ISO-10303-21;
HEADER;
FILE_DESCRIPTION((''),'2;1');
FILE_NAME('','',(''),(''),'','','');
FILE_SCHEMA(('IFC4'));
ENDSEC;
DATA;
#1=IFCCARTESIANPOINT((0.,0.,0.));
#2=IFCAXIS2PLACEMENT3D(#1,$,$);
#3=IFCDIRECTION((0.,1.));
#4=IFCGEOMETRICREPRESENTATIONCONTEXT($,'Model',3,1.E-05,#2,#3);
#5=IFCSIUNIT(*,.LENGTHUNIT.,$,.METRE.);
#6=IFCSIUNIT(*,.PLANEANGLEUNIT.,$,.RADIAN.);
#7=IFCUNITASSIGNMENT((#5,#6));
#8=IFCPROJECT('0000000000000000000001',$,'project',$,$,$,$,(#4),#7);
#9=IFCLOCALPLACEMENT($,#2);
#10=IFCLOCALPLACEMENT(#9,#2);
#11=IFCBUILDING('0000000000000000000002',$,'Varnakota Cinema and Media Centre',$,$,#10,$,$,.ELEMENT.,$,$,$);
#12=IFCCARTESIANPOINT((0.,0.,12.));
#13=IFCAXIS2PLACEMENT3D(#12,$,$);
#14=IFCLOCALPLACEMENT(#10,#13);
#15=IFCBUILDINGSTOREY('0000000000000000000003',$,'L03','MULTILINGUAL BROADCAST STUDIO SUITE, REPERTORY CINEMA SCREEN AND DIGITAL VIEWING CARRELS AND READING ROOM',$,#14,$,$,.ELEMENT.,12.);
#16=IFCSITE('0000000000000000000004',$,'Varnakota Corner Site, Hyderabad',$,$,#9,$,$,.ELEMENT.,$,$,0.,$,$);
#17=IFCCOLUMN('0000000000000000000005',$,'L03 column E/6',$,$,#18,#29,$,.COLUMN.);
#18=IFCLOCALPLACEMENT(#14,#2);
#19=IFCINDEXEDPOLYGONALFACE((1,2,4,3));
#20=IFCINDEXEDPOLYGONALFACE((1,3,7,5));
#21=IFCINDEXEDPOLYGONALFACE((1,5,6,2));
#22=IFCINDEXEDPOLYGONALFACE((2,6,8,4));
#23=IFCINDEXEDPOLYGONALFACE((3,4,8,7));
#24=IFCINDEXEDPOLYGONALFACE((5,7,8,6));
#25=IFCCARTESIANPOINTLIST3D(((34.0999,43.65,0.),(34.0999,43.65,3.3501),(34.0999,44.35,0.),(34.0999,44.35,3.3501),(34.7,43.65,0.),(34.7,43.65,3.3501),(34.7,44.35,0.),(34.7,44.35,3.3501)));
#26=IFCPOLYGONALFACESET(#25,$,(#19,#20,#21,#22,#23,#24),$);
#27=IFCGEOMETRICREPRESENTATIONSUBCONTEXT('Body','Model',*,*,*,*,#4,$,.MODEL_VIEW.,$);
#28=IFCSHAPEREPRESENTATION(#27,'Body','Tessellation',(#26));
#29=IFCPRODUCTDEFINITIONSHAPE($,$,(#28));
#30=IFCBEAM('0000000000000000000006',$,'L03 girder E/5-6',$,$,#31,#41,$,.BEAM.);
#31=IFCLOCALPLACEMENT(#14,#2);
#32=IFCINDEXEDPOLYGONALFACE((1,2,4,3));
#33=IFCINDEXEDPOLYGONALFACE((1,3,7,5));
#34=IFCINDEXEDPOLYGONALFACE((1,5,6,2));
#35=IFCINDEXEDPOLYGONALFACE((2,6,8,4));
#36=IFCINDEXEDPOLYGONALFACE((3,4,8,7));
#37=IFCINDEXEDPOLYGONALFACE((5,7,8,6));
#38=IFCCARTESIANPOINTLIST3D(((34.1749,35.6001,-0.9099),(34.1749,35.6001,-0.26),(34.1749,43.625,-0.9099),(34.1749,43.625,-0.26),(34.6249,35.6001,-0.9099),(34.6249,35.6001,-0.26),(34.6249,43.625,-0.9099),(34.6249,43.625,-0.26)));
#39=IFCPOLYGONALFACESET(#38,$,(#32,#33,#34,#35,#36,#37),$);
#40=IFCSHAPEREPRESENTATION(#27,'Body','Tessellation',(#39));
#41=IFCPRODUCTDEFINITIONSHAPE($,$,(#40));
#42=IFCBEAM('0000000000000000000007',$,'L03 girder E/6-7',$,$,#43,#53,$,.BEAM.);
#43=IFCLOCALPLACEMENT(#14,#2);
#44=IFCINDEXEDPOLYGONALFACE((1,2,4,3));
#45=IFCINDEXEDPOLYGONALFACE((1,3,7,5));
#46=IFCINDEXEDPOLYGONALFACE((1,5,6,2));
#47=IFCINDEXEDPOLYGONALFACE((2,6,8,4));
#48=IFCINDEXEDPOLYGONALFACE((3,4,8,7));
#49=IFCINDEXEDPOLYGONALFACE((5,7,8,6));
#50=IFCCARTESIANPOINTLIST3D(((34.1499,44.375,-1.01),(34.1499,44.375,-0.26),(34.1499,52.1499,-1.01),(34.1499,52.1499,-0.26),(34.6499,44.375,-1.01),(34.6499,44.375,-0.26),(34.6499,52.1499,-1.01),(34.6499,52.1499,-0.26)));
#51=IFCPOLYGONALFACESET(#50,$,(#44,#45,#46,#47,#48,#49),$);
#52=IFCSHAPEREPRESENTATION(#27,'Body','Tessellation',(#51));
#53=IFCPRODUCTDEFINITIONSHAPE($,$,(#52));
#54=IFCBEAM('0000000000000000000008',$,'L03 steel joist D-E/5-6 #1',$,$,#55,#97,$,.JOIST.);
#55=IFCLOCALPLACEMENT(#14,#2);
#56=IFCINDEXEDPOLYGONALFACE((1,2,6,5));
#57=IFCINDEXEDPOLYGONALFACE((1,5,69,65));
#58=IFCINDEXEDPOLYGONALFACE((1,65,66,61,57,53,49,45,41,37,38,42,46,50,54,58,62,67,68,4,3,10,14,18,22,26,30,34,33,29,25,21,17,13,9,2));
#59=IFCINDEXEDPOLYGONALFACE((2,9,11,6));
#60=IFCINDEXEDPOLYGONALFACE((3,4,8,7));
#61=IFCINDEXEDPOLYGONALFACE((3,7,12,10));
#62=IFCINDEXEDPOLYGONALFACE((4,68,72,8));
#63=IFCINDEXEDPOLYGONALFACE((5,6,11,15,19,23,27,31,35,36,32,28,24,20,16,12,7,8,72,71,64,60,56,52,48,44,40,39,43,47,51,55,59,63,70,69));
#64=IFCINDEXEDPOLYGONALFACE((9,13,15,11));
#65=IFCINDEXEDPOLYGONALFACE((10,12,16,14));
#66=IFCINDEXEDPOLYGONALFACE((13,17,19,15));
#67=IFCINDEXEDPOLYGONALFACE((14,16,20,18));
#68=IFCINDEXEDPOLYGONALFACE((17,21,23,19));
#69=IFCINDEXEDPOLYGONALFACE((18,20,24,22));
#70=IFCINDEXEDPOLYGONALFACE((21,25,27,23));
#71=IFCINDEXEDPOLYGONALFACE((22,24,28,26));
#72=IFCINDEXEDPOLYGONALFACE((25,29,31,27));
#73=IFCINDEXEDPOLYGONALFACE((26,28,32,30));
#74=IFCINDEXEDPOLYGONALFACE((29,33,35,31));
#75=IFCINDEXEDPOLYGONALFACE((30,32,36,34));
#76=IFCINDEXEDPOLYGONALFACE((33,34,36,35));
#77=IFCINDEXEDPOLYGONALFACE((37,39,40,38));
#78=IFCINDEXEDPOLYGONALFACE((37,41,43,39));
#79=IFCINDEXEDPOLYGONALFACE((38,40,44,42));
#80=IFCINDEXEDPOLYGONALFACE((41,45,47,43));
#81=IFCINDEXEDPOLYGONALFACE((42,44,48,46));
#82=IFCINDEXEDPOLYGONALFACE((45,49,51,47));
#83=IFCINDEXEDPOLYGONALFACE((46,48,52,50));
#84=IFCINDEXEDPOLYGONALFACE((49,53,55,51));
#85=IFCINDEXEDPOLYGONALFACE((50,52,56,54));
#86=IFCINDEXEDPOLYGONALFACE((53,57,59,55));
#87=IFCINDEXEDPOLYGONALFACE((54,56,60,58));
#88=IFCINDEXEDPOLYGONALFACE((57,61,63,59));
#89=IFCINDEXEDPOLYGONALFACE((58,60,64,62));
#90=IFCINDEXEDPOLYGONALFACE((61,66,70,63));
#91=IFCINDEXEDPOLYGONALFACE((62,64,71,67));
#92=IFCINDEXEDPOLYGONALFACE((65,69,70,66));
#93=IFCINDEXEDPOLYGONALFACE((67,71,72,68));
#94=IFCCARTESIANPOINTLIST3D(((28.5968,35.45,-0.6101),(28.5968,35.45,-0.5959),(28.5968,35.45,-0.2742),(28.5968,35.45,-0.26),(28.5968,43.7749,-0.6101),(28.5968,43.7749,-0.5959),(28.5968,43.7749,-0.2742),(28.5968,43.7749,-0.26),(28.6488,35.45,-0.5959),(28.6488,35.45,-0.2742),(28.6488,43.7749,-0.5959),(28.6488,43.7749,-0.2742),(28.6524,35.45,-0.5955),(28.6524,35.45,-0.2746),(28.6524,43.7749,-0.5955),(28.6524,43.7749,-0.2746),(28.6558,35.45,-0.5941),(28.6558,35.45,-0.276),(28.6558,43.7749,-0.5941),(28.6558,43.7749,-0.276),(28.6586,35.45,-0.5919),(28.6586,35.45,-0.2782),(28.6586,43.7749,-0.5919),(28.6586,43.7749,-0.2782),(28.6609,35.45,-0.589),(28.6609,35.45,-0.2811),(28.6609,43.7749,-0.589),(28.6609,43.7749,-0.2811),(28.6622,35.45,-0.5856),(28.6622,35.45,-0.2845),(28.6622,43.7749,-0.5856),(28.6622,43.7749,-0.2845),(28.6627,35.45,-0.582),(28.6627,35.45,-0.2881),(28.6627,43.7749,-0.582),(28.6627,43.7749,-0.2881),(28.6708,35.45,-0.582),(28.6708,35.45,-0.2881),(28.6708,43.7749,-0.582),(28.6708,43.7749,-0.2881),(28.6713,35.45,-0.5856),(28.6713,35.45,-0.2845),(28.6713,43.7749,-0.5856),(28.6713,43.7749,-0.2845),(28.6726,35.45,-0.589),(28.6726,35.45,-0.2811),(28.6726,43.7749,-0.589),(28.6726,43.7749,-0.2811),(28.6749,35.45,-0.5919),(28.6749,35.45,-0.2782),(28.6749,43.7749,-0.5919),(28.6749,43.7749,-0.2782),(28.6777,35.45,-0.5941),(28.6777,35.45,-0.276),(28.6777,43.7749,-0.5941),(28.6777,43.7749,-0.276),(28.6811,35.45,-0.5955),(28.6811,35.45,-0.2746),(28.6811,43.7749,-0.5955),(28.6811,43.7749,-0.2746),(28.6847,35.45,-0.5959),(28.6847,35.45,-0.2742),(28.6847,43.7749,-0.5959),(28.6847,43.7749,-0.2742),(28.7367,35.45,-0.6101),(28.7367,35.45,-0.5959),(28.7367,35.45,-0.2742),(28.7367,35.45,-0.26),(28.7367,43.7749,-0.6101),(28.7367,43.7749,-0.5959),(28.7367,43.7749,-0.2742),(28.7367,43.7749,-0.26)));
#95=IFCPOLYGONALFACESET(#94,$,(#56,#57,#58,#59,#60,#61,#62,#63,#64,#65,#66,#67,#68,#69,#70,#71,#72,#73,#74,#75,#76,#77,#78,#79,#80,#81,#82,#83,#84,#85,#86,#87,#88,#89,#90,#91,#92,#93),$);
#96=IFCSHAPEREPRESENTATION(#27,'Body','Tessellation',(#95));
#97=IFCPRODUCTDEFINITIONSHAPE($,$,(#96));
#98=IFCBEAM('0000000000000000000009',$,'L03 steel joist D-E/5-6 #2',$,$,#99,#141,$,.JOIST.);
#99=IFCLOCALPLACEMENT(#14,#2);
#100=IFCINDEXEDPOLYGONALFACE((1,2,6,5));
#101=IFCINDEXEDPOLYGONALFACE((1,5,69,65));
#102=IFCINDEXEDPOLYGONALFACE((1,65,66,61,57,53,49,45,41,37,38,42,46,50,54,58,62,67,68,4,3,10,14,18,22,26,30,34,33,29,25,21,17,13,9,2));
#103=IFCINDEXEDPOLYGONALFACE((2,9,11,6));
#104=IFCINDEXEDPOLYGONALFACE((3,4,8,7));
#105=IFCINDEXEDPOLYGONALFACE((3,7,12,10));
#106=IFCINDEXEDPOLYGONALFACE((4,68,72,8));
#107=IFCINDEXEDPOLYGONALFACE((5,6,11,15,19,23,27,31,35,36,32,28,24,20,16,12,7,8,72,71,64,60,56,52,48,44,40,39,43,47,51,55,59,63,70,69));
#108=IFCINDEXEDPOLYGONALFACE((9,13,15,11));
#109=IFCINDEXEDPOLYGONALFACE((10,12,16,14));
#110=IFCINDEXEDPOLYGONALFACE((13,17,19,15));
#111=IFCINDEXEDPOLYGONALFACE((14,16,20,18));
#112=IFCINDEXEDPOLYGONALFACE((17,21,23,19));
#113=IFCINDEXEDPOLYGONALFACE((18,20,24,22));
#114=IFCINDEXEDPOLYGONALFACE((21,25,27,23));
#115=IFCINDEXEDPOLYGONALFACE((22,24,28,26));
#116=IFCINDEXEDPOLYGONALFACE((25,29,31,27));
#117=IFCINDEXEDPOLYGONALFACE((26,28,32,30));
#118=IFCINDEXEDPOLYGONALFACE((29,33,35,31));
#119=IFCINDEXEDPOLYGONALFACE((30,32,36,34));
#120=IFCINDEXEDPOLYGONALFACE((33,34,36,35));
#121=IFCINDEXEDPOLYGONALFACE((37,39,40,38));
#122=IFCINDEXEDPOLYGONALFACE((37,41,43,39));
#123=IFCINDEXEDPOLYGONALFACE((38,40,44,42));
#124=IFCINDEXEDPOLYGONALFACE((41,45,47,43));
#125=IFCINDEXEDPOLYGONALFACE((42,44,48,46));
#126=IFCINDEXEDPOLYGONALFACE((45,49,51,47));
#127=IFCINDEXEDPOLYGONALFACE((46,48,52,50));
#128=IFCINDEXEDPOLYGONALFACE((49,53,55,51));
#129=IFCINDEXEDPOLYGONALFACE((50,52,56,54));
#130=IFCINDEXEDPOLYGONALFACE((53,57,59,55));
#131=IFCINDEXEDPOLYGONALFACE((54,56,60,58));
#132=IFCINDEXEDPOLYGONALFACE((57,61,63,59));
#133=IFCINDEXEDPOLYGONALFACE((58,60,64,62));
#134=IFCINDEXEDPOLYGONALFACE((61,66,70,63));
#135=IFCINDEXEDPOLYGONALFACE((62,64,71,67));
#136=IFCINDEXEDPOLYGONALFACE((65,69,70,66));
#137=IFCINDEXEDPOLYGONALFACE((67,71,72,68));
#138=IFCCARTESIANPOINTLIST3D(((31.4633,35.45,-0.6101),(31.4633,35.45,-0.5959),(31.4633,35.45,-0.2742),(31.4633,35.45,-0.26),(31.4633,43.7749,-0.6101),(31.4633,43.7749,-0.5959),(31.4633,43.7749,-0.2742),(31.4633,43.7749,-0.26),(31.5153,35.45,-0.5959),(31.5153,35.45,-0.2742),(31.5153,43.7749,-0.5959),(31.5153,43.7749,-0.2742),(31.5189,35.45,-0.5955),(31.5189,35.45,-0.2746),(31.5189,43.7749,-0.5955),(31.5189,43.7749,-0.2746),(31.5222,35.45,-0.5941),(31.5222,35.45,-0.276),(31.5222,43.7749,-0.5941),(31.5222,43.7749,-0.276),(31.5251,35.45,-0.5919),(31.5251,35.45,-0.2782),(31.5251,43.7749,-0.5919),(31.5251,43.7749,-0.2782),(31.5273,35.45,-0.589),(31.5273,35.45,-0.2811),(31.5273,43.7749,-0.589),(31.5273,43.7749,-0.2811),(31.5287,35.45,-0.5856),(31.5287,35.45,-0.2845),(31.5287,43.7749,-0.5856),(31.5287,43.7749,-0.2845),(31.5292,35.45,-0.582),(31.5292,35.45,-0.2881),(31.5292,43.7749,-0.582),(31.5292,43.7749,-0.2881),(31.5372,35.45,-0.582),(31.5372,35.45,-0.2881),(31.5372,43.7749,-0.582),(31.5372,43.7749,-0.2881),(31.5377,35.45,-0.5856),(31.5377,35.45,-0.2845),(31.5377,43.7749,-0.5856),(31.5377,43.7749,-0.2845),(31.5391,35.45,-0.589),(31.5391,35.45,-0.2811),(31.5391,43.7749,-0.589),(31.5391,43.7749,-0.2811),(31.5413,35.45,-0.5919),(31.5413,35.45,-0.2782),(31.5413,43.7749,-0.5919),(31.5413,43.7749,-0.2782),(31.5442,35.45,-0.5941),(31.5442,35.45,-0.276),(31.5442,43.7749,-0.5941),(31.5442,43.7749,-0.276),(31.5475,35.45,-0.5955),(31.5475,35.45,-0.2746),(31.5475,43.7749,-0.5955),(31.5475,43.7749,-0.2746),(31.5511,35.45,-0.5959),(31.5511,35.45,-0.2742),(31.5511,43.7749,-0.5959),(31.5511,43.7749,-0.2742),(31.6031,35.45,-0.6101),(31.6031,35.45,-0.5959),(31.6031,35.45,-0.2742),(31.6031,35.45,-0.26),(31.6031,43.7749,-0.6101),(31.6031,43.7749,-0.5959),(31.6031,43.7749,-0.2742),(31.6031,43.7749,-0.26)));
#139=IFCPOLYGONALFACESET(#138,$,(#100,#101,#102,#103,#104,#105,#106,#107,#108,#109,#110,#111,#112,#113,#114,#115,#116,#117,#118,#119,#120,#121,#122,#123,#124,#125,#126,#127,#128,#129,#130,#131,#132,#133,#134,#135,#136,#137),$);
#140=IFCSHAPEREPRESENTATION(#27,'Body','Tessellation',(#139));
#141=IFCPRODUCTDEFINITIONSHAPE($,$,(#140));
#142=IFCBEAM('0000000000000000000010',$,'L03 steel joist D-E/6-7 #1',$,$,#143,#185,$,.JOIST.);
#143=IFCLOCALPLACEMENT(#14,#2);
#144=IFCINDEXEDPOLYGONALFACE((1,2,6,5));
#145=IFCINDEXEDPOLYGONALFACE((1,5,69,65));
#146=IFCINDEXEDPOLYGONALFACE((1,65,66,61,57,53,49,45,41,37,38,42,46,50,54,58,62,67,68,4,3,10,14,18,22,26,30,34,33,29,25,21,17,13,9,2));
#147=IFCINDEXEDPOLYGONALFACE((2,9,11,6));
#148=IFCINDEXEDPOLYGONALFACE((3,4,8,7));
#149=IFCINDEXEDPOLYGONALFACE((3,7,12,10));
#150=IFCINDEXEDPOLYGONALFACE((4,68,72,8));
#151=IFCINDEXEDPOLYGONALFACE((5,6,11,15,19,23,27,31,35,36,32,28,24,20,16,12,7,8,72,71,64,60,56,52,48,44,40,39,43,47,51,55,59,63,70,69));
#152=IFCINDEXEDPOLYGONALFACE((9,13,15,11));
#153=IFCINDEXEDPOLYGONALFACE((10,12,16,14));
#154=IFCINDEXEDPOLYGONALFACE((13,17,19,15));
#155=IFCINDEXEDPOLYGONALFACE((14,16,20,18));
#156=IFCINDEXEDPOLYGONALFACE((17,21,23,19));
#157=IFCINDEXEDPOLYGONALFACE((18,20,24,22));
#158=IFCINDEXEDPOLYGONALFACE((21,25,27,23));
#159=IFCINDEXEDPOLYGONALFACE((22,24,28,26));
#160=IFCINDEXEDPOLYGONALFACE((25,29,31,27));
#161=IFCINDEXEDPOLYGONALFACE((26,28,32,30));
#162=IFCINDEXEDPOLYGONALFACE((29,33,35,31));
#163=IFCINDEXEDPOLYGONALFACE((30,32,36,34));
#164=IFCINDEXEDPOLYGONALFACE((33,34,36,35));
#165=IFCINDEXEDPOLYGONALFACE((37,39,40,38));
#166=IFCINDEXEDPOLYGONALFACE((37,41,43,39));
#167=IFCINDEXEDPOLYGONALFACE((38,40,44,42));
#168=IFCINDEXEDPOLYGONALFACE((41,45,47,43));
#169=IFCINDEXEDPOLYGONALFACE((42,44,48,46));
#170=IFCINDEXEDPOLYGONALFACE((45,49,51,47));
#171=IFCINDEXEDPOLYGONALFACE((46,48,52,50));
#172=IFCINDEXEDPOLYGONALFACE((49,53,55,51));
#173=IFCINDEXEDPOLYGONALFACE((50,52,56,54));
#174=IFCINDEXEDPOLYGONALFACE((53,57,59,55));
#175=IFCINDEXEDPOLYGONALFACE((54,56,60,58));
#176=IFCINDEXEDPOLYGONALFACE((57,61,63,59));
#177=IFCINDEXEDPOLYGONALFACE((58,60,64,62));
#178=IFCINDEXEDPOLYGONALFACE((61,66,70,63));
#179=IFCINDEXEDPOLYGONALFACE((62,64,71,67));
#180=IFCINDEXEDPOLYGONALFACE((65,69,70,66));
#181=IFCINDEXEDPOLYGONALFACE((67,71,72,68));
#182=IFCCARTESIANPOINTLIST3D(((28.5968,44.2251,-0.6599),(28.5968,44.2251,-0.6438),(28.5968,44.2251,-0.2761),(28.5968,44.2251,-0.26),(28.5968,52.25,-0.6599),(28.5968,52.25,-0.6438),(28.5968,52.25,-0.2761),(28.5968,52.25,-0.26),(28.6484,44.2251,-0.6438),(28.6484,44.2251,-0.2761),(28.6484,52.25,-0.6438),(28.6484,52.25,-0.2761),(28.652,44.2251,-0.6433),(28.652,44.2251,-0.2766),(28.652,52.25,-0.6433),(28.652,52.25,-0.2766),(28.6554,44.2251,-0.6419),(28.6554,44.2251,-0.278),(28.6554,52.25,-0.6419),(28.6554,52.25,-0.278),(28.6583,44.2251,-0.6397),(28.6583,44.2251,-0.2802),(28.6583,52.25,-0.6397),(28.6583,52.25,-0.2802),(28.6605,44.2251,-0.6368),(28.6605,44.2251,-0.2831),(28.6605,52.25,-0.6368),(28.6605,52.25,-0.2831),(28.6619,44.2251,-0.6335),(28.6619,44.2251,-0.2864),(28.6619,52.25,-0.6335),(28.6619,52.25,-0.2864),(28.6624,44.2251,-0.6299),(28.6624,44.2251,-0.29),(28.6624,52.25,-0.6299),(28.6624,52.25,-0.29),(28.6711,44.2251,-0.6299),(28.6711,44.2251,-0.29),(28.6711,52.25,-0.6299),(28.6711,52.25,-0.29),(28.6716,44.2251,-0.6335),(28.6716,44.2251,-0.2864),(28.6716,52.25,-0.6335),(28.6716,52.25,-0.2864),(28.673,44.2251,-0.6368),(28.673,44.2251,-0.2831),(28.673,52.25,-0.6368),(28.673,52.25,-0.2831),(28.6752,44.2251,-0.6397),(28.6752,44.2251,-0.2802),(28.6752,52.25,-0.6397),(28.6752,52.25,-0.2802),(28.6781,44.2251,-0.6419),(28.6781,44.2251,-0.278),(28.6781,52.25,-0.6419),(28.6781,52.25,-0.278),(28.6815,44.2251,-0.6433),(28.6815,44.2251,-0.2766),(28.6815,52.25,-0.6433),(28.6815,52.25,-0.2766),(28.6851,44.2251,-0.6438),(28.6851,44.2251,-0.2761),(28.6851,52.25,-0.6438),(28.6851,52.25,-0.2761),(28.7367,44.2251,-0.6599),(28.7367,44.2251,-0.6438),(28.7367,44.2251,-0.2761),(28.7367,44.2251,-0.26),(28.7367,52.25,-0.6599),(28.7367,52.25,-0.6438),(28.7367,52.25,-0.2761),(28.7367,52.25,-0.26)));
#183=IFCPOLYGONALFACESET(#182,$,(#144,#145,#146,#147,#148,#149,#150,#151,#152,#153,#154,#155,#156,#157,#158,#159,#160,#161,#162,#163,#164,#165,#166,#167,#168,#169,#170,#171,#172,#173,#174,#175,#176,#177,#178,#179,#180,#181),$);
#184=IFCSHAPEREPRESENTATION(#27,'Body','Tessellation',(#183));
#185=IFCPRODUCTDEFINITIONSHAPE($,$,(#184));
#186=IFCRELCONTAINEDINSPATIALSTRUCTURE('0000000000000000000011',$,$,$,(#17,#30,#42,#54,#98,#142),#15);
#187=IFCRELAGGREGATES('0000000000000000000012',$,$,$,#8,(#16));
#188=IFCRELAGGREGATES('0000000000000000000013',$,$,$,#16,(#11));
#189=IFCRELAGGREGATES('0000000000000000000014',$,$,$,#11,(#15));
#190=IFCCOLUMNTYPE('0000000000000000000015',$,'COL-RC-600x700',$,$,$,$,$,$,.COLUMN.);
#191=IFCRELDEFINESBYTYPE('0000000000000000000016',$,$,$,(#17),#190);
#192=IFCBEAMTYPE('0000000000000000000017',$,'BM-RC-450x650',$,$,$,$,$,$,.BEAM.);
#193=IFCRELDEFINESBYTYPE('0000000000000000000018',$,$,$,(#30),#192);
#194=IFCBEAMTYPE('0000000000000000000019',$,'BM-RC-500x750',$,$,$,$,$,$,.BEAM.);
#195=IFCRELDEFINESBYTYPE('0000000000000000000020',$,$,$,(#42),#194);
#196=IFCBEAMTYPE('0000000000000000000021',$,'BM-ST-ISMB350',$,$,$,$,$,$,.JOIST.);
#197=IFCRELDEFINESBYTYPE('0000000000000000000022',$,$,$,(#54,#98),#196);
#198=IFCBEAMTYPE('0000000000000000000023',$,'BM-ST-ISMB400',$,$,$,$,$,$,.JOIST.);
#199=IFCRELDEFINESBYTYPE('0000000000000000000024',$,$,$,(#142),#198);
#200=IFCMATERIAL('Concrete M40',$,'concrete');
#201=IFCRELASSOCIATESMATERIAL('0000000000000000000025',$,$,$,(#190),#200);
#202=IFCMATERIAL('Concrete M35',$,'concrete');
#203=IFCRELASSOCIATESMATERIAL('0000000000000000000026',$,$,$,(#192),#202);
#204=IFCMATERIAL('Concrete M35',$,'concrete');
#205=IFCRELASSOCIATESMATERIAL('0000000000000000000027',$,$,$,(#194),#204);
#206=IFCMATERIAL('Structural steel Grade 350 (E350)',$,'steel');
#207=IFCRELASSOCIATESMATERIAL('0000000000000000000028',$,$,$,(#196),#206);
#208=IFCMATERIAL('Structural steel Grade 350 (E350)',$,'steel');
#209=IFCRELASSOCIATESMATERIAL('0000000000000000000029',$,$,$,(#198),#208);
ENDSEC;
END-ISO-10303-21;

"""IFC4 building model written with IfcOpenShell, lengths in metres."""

from ifc_helpers import new_model, si_unit, direction, frame, origin, origin_2d, place, context, subcontext, project, spatial, rectangle, i_section, extrude, material, material_profile, profile_set, type_object, element, save


model = new_model("IFC4")

# Units and contexts
model_context = context("Model", 3, precision=1e-05, world=origin(), true_north=direction((0.0, 1.0)))
body_context = subcontext(model_context, "Body", "Model", "MODEL_VIEW")
ifc_project = project(units=[si_unit("LENGTHUNIT", "METRE"), si_unit("PLANEANGLEUNIT", "RADIAN")], contexts=[model_context])

# Site, building, storey
site_placement = place(None, origin())
site = spatial("IfcSite", under=ifc_project, at=site_placement, Name="Varnakota Corner Site, Hyderabad", CompositionType="ELEMENT", RefElevation=0.0)
building_placement = place(site_placement, origin())
building = spatial("IfcBuilding", under=site, at=building_placement, Name="Varnakota Cinema and Media Centre", CompositionType="ELEMENT")
storey_placement = place(building_placement, frame((0.0, 0.0, 12.0)))
storey = spatial("IfcBuildingStorey", under=building, at=storey_placement, Name="L03", Description="MULTILINGUAL BROADCAST STUDIO SUITE, REPERTORY CINEMA SCREEN AND DIGITAL VIEWING CARRELS AND READING ROOM", CompositionType="ELEMENT", Elevation=12.0)

# Column
ifc_material_1 = material(Name="Concrete M40", Category="concrete")
ifc_material_profile_1 = material_profile(ifc_material_1, rectangle(XDim=0.6001, YDim=0.7, at=origin_2d()), Name="RC 600x700")
ifc_profile_set_1 = profile_set([ifc_material_profile_1], Name="Concrete M40")
column_type = type_object("IfcColumnType", Name="COL-RC-600x700", PredefinedType="COLUMN", material=ifc_profile_set_1)
column_placement = place(storey_placement, frame((34.3999, 44.0, 0.0), z_axis=(0.0, 0.0, 1.0), x_axis=(1.0, 0.0, 0.0)))
element("IfcColumn", 1, at=column_placement, inside=storey, type_object=column_type, Name="L03 column E/6", PredefinedType="COLUMN", context=body_context, shape_type="SweptSolid", body=[
    extrude(rectangle(XDim=0.6001, YDim=0.7, at=origin_2d()), origin(), (0.0, 0.0, 1.0), 3.3501),
])

# Beams
ifc_material_2 = material(Name="Concrete M35", Category="concrete")
ifc_material_profile_2 = material_profile(ifc_material_2, rectangle(XDim=0.45, YDim=0.6499, at=origin_2d()), Name="RCB 450x650")
ifc_profile_set_2 = profile_set([ifc_material_profile_2], Name="Concrete M35")
beam_type_1 = type_object("IfcBeamType", Name="BM-RC-450x650", PredefinedType="BEAM", material=ifc_profile_set_2)
beam_1_placement = place(storey_placement, frame((34.3999, 35.6001, -0.585), z_axis=(0.0, 1.0, 0.0), x_axis=(-1.0, 0.0, 0.0)))
element("IfcBeam", 2, at=beam_1_placement, inside=storey, type_object=beam_type_1, Name="L03 girder E/5-6", PredefinedType="BEAM", context=body_context, shape_type="SweptSolid", body=[
    extrude(rectangle(XDim=0.45, YDim=0.6499, at=origin_2d()), origin(), (0.0, 0.0, 1.0), 8.0249),
])
ifc_material_3 = material(Name="Concrete M35", Category="concrete")
ifc_material_profile_3 = material_profile(ifc_material_3, rectangle(XDim=0.5, YDim=0.75, at=origin_2d()), Name="RCB 500x750")
ifc_profile_set_3 = profile_set([ifc_material_profile_3], Name="Concrete M35")
beam_type_2 = type_object("IfcBeamType", Name="BM-RC-500x750", PredefinedType="BEAM", material=ifc_profile_set_3)
beam_2_placement = place(storey_placement, frame((34.3999, 44.375, -0.635), z_axis=(0.0, 1.0, 0.0), x_axis=(-1.0, 0.0, 0.0)))
element("IfcBeam", 3, at=beam_2_placement, inside=storey, type_object=beam_type_2, Name="L03 girder E/6-7", PredefinedType="BEAM", context=body_context, shape_type="SweptSolid", body=[
    extrude(rectangle(XDim=0.5, YDim=0.75, at=origin_2d()), origin(), (0.0, 0.0, 1.0), 7.7749),
])
ifc_material_4 = material(Name="Structural steel Grade 350 (E350)", Category="steel")
ifc_material_profile_4 = material_profile(ifc_material_4, i_section(OverallWidth=0.1399, OverallDepth=0.3501, WebThickness=0.0081, FlangeThickness=0.0142, FilletRadius=0.0139, at=origin_2d()), Name="ISMB 350")
ifc_profile_set_4 = profile_set([ifc_material_profile_4], Name="Structural steel Grade 350 (E350)")
beam_type_3 = type_object("IfcBeamType", Name="BM-ST-ISMB350", PredefinedType="JOIST", material=ifc_profile_set_4)
for number, where, z_axis, x_axis, name in (
    (4, (28.6667, 35.45, -0.4351), (0.0, 1.0, 0.0), (-1.0, 0.0, 0.0), "L03 steel joist D-E/5-6 #1"),
    (5, (31.5332, 35.45, -0.4351), (0.0, 1.0, 0.0), (-1.0, 0.0, 0.0), "L03 steel joist D-E/5-6 #2"),
):
    element("IfcBeam", number, at=place(storey_placement, frame(where, z_axis=z_axis, x_axis=x_axis)), inside=storey, type_object=beam_type_3, Name=name, PredefinedType="JOIST", context=body_context, shape_type="SweptSolid", body=[
        extrude(i_section(OverallWidth=0.1399, OverallDepth=0.3501, WebThickness=0.0081, FlangeThickness=0.0142, FilletRadius=0.0139, at=origin_2d()), origin(), (0.0, 0.0, 1.0), 8.325),
    ])
ifc_material_5 = material(Name="Structural steel Grade 350 (E350)", Category="steel")
ifc_material_profile_5 = material_profile(ifc_material_5, i_section(OverallWidth=0.1399, OverallDepth=0.3999, WebThickness=0.0088, FlangeThickness=0.0161, FilletRadius=0.0139, at=origin_2d()), Name="ISMB 400")
ifc_profile_set_5 = profile_set([ifc_material_profile_5], Name="Structural steel Grade 350 (E350)")
beam_type_4 = type_object("IfcBeamType", Name="BM-ST-ISMB400", PredefinedType="JOIST", material=ifc_profile_set_5)
for number, where, z_axis, x_axis, name in (
    (6, (28.6667, 44.2251, -0.46), (0.0, 1.0, 0.0), (-1.0, 0.0, 0.0), "L03 steel joist D-E/6-7 #1"),
):
    element("IfcBeam", number, at=place(storey_placement, frame(where, z_axis=z_axis, x_axis=x_axis)), inside=storey, type_object=beam_type_4, Name=name, PredefinedType="JOIST", context=body_context, shape_type="SweptSolid", body=[
        extrude(i_section(OverallWidth=0.1399, OverallDepth=0.3999, WebThickness=0.0088, FlangeThickness=0.0161, FilletRadius=0.0139, at=origin_2d()), origin(), (0.0, 0.0, 1.0), 8.0249),
    ])

save(model, "model.ifc")
